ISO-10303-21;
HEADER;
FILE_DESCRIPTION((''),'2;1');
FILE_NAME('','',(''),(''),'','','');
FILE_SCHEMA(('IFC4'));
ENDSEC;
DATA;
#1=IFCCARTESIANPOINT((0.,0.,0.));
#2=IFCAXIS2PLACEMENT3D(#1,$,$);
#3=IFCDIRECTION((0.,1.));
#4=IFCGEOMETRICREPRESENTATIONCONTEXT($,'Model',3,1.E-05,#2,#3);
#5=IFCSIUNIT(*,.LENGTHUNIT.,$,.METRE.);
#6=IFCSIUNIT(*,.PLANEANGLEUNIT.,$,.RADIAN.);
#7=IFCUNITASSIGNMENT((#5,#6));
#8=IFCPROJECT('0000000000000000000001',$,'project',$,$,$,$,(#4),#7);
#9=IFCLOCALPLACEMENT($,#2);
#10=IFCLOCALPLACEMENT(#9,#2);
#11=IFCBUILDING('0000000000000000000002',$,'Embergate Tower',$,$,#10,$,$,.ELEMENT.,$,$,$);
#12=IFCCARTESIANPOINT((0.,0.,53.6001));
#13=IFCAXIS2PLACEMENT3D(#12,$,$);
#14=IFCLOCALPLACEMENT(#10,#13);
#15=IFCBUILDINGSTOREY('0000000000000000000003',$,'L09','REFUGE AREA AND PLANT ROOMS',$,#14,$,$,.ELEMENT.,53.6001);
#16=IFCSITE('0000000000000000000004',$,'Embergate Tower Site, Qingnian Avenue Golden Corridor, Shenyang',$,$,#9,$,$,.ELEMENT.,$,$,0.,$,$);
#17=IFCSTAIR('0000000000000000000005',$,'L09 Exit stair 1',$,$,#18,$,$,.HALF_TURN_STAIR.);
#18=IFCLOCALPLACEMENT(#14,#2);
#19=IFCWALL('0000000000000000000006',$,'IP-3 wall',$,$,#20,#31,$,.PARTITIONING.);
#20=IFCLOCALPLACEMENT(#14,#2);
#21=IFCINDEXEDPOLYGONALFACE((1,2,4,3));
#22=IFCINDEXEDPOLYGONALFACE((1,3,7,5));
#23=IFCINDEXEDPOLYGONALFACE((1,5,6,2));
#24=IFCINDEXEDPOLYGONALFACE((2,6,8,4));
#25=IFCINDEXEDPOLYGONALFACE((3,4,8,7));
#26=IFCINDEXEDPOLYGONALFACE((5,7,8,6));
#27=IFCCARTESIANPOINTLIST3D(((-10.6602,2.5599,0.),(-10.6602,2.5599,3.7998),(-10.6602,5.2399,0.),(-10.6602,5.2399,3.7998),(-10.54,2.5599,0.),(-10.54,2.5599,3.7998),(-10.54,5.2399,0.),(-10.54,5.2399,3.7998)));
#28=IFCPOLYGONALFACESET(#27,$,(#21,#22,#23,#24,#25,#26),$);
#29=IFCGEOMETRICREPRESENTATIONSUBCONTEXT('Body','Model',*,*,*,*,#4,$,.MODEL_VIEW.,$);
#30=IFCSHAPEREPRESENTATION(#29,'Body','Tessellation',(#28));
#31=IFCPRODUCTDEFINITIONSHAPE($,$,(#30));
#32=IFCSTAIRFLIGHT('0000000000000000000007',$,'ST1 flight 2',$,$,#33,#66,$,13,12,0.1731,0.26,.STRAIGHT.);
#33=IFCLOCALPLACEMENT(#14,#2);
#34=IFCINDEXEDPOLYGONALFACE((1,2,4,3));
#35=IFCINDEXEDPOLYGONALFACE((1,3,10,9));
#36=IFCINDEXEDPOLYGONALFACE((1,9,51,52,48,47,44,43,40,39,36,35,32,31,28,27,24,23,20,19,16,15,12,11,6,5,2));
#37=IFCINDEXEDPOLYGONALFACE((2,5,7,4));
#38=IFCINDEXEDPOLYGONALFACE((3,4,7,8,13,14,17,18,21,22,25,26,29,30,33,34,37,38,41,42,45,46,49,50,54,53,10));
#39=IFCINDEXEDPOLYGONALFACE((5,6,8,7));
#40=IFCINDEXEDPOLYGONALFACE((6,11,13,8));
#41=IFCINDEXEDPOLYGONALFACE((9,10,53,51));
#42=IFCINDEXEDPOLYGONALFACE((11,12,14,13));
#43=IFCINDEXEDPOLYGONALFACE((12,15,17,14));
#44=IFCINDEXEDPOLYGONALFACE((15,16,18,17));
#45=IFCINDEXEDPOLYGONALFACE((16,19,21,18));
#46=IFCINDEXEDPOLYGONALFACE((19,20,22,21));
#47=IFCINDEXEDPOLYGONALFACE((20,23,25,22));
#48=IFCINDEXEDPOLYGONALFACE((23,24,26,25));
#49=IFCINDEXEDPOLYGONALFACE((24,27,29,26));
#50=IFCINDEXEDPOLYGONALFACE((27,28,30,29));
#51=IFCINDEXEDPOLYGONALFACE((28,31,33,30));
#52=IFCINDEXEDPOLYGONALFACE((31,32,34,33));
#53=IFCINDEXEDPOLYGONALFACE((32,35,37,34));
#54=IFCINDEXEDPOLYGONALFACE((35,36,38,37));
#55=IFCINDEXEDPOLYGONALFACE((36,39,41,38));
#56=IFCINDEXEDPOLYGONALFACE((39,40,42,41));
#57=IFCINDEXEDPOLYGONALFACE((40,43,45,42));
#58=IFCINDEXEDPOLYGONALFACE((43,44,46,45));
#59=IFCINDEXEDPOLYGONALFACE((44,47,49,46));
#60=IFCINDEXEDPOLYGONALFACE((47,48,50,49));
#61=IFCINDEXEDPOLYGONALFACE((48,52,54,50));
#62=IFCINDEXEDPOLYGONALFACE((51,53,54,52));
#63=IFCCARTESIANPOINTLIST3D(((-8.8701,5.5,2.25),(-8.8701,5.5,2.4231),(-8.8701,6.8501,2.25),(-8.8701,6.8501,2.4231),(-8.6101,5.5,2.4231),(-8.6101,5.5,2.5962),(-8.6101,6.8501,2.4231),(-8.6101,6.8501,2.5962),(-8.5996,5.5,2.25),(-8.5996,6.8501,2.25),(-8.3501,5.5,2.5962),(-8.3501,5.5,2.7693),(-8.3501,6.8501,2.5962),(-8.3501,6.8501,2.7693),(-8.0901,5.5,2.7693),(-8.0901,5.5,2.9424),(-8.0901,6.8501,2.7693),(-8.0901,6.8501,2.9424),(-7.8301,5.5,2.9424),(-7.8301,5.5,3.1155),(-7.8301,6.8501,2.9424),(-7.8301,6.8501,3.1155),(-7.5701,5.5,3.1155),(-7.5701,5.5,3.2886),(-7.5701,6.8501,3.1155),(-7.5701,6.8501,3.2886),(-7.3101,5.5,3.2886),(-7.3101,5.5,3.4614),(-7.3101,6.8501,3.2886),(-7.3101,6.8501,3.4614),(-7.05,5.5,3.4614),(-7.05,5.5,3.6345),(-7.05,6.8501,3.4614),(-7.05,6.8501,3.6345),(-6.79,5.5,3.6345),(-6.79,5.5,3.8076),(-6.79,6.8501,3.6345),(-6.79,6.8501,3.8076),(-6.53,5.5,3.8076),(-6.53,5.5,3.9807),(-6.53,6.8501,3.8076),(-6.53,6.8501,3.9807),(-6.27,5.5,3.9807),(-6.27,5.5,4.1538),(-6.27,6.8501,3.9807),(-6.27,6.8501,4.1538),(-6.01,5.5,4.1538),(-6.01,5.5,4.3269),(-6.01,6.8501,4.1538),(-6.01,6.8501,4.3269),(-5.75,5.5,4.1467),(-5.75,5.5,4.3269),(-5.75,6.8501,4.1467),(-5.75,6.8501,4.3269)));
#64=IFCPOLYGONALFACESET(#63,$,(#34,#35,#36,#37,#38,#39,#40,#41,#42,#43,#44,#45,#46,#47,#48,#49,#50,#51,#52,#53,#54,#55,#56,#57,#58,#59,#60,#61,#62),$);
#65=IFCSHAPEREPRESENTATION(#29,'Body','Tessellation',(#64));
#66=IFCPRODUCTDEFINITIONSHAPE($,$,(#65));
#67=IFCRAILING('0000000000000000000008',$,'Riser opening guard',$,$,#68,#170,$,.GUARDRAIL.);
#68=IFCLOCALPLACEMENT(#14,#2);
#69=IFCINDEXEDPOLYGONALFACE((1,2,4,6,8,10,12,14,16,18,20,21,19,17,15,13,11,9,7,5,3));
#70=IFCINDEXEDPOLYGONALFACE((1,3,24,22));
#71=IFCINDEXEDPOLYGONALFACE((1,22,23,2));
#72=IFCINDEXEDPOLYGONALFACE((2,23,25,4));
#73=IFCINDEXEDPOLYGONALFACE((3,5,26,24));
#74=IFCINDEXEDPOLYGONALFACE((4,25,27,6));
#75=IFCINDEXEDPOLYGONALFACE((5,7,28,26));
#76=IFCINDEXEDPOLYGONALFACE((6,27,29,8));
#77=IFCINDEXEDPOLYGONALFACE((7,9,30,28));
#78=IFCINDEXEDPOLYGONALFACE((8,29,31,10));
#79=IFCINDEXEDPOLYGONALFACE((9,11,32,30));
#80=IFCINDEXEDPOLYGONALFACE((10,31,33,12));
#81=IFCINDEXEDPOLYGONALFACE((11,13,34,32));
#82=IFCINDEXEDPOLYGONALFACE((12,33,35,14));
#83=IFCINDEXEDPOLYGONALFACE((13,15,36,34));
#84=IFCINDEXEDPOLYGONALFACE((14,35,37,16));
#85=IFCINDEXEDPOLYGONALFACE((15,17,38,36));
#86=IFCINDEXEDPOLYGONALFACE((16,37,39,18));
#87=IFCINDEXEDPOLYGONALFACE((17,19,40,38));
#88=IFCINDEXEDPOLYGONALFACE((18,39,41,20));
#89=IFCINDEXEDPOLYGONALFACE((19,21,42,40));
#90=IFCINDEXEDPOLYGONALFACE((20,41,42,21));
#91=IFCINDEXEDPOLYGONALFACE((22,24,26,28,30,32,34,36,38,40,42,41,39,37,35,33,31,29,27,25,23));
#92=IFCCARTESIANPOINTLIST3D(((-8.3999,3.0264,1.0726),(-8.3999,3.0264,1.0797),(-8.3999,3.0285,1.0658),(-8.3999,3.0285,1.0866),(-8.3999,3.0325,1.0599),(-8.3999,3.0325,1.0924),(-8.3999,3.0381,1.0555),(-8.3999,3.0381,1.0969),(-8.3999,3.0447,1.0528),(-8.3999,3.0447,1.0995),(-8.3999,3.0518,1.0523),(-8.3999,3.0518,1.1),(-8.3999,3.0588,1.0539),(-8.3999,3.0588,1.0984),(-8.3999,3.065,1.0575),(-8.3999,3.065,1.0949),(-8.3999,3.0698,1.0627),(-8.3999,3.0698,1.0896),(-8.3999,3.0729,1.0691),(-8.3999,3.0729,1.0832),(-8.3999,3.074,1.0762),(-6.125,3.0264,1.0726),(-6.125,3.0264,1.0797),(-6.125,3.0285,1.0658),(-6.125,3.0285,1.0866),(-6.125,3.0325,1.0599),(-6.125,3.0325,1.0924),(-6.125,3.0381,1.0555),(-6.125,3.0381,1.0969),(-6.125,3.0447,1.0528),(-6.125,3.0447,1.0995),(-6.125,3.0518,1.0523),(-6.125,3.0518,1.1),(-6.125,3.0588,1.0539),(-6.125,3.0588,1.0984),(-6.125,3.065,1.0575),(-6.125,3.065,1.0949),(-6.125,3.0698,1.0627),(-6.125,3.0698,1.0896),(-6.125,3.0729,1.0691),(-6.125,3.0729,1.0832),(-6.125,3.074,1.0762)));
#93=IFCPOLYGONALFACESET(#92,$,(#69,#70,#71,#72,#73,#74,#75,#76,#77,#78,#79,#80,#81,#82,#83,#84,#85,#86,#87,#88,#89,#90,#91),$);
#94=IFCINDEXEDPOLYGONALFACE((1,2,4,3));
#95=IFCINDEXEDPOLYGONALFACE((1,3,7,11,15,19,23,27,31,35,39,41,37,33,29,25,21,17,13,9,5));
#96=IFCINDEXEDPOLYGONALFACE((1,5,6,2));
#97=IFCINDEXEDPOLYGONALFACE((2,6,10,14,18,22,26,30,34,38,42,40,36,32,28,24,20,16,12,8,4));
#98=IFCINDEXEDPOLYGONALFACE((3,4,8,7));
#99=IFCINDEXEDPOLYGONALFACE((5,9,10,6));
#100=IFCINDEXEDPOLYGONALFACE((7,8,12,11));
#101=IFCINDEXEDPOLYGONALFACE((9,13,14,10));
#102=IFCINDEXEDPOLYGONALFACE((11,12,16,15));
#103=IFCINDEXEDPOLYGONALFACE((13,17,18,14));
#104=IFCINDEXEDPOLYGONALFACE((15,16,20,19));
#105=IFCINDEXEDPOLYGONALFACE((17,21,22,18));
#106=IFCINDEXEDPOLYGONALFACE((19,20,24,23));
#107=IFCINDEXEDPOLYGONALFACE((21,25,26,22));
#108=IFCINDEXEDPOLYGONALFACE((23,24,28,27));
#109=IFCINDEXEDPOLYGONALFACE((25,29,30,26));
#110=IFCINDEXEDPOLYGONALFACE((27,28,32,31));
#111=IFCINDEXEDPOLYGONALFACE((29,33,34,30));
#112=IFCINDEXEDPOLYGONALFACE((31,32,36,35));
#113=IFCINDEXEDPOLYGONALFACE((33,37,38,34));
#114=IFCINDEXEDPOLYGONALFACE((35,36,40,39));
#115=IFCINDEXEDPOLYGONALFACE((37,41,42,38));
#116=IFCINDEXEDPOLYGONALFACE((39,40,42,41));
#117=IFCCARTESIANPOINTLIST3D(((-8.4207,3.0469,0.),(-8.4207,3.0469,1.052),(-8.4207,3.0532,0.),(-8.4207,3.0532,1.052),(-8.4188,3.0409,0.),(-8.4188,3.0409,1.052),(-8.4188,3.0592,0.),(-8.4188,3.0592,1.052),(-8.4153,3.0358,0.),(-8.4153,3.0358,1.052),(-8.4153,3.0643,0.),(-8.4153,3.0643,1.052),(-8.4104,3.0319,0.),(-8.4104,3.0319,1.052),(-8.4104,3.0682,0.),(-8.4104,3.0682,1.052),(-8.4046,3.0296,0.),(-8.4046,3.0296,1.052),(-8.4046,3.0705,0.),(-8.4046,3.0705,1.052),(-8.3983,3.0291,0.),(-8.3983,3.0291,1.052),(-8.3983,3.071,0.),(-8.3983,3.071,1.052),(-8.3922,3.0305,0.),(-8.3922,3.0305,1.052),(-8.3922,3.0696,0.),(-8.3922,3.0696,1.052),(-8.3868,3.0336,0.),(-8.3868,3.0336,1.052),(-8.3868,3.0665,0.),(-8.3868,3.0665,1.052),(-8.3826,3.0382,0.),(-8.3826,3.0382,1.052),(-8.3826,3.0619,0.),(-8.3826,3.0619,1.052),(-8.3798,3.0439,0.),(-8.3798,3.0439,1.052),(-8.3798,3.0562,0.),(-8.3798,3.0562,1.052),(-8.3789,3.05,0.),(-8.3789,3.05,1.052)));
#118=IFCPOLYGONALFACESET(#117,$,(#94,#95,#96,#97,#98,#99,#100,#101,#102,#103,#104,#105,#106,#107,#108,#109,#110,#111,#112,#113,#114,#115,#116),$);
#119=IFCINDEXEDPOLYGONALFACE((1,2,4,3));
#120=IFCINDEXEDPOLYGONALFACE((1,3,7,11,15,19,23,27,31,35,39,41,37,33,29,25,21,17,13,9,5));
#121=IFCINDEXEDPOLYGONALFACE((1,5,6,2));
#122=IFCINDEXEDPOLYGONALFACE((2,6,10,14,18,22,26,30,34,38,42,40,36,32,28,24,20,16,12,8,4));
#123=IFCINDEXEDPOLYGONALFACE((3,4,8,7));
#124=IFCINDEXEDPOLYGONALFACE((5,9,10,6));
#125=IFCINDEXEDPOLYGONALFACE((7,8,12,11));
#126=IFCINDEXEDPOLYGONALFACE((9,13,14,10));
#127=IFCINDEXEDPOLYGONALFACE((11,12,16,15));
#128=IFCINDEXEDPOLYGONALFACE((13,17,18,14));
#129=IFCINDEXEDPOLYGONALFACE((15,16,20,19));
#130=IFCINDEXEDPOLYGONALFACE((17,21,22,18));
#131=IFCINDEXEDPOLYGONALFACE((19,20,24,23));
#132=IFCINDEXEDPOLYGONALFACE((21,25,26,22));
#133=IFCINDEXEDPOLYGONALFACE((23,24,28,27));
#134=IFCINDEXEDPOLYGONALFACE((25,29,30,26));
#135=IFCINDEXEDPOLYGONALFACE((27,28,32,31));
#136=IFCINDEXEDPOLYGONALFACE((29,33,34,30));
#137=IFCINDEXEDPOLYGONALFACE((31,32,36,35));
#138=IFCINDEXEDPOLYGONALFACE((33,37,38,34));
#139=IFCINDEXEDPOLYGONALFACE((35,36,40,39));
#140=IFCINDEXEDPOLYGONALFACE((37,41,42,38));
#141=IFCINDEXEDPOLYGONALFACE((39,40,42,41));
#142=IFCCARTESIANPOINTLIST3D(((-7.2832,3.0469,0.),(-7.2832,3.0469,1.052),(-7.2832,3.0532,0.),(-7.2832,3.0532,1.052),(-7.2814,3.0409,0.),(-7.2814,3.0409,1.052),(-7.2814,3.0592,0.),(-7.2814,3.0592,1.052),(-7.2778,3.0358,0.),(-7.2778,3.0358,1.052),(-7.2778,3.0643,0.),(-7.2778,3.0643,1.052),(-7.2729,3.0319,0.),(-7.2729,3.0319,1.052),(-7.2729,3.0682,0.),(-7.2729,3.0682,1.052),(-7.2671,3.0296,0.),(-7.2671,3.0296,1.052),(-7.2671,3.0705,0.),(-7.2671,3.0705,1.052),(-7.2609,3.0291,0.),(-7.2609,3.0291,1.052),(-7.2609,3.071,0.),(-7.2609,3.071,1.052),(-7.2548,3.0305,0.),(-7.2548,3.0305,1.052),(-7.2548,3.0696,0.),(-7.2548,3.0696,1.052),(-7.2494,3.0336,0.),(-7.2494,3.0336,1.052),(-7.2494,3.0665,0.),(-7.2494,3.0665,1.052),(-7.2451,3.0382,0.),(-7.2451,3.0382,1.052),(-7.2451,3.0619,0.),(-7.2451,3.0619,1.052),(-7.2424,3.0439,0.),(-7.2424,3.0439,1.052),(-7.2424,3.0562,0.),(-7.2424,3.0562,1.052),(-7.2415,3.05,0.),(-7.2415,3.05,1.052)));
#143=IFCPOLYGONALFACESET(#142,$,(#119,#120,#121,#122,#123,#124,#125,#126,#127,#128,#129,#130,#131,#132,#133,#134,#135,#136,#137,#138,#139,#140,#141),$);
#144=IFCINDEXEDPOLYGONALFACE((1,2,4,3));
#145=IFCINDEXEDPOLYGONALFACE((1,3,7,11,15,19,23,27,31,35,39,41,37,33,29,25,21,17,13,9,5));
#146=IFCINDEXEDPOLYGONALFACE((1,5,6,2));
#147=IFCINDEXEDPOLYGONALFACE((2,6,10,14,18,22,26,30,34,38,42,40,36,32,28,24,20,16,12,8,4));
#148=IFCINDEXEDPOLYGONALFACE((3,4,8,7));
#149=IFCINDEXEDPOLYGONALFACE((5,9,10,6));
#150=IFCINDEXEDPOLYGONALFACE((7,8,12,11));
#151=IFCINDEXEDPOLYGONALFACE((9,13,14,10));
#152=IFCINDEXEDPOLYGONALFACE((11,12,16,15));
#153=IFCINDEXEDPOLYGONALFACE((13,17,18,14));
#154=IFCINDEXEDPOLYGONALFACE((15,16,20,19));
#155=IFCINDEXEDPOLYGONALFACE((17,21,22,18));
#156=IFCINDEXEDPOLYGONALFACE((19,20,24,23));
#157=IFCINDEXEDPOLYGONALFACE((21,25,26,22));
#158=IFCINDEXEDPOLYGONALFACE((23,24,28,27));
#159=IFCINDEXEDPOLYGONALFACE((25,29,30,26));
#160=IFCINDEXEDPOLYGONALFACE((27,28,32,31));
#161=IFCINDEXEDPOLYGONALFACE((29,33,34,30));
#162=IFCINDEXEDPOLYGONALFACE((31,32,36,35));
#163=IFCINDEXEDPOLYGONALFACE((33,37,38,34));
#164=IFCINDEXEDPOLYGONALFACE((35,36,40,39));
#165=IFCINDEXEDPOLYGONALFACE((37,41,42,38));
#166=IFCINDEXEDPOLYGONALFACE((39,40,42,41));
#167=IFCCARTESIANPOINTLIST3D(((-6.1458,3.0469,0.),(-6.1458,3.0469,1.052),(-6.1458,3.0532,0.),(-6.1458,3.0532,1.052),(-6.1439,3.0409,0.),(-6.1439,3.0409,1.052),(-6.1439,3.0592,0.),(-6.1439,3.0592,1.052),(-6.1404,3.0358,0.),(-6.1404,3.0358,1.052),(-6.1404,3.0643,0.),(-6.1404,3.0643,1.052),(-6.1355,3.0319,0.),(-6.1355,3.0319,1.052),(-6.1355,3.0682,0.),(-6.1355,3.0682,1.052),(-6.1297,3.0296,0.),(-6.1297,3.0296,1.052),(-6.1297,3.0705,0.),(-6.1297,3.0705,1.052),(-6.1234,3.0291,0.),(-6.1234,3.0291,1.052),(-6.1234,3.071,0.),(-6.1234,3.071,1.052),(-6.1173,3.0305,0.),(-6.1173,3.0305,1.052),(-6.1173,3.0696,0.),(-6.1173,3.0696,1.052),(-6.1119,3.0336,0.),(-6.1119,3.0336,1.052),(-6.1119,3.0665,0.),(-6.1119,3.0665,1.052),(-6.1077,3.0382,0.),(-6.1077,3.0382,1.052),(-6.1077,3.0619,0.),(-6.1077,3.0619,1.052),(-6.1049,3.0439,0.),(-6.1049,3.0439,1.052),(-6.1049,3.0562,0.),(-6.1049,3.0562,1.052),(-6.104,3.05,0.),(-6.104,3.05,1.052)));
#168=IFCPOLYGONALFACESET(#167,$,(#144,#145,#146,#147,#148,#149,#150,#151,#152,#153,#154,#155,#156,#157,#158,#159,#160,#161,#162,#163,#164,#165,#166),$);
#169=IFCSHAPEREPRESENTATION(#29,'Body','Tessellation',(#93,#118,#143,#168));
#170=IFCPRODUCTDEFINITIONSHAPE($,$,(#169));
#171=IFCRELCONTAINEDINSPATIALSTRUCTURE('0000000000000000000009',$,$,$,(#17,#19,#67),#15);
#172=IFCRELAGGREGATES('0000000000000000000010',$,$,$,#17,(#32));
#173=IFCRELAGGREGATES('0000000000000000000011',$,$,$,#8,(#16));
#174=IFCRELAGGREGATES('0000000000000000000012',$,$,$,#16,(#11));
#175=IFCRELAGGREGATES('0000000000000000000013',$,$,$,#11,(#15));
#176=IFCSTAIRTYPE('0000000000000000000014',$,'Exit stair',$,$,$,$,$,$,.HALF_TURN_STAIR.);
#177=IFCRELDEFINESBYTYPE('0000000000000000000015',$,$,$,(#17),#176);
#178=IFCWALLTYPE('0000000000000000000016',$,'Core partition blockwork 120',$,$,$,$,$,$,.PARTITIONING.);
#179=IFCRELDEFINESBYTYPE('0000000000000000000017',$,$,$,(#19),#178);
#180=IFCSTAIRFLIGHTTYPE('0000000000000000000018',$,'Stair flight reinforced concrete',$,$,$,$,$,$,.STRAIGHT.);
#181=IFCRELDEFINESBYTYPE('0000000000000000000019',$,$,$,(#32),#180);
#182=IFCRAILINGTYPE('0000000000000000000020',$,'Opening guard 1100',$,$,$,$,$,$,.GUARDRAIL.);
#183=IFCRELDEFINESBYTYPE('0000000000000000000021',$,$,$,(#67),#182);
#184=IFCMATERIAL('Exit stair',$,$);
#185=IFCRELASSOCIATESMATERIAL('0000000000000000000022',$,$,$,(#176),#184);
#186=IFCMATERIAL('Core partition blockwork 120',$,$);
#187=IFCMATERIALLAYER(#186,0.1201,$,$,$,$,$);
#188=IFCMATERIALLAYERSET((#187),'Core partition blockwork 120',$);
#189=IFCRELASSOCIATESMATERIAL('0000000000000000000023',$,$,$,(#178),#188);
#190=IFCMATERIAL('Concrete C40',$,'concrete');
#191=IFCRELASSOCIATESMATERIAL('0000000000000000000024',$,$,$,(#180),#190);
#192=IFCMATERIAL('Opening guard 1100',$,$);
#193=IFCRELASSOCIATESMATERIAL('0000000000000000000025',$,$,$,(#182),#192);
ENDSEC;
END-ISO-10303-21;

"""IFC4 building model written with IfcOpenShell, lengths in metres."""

from ifc_helpers import new_model, si_unit, direction, frame, frame_2d, origin, origin_2d, place, context, subcontext, project, spatial, polyline, rectangle, circle, outline, extrude, source, transform, mapped, material, layer, layer_set, type_object, element, aggregate, save


model = new_model("IFC4")

# Units and contexts
model_context = context("Model", 3, precision=1e-05, world=origin(), true_north=direction((0.0, 1.0)))
body_context = subcontext(model_context, "Body", "Model", "MODEL_VIEW")
ifc_project = project(units=[si_unit("LENGTHUNIT", "METRE"), si_unit("PLANEANGLEUNIT", "RADIAN")], contexts=[model_context])

# Site, building, storey
site_placement = place(None, origin())
site = spatial("IfcSite", under=ifc_project, at=site_placement, Name="Embergate Tower Site, Qingnian Avenue Golden Corridor, Shenyang", CompositionType="ELEMENT", RefElevation=0.0)
building_placement = place(site_placement, origin())
building = spatial("IfcBuilding", under=site, at=building_placement, Name="Embergate Tower", CompositionType="ELEMENT")
storey_placement = place(building_placement, frame((0.0, 0.0, 53.6001)))
storey = spatial("IfcBuildingStorey", under=building, at=storey_placement, Name="L09", Description="REFUGE AREA AND PLANT ROOMS", CompositionType="ELEMENT", Elevation=53.6001)

# Stair
ifc_material_1 = material(Name="Exit stair")
stair_type = type_object("IfcStairType", Name="Exit stair", PredefinedType="HALF_TURN_STAIR", material=ifc_material_1)
stair_placement = place(storey_placement, origin())
stair = element("IfcStair", 1, at=stair_placement, inside=storey, type_object=stair_type, Name="L09 Exit stair 1", PredefinedType="HALF_TURN_STAIR")
ifc_material_2 = material(Name="Concrete C40", Category="concrete")

# Shared definitions
ifc_material_3 = material(Name="Core partition blockwork 120")
ifc_layer_1 = layer(ifc_material_3, 0.1201)
ifc_layer_set_1 = layer_set([ifc_layer_1], Name="Core partition blockwork 120")
wall_type_1 = type_object("IfcWallType", Name="Core partition blockwork 120", PredefinedType="PARTITIONING", material=ifc_layer_set_1)

# Wall
shared_shape_1 = source(origin(), body_context, "Body", "SweptSolid", [
    extrude(rectangle(XDim=2.6799, YDim=0.1201, at=frame_2d((1.3398, 0.0))), origin(), (0.0, 0.0, 1.0), 3.7998),
])
wall_1_placement = place(storey_placement, frame((-10.6001, 2.5601, 0.0), z_axis=(0.0, 0.0, 1.0), x_axis=(0.0, 1.0, 0.0)))
element("IfcWall", 2, at=wall_1_placement, inside=storey, type_object=wall_type_1, Name="IP-3 wall", PredefinedType="PARTITIONING", context=body_context, shape_type="MappedRepresentation", body=[
    mapped(shared_shape_1, transform((0.0, 0.0, 0.0))),
])

# Stair flight
stair_flight_type = type_object("IfcStairFlightType", Name="Stair flight reinforced concrete", PredefinedType="STRAIGHT", material=ifc_material_2)
shared_shape_2 = source(origin(), body_context, "Body", "SweptSolid", [
    extrude(outline(polyline([(0.0, 0.0), (0.0, 0.1731), (0.26, 0.1731), (0.26, 0.3462), (0.52, 0.3462), (0.52, 0.5193), (0.78, 0.5193), (0.78, 0.6924), (1.04, 0.6924), (1.04, 0.8655), (1.3, 0.8655), (1.3, 1.0386), (1.5601, 1.0386), (1.5601, 1.2114), (1.8201, 1.2114), (1.8201, 1.3845), (2.0801, 1.3845), (2.0801, 1.5576), (2.3401, 1.5576), (2.3401, 1.7307), (2.6001, 1.7307), (2.6001, 1.9038), (2.8601, 1.9038), (2.8601, 2.0769), (3.1201, 2.0769), (3.1201, 2.25), (3.1201, 1.8967), (0.2705, 0.0), (0.0, 0.0)])), frame((0.0, 0.675, 0.0), z_axis=(0.0, -1.0, 0.0), x_axis=(1.0, 0.0, 0.0)), (0.0, 0.0, 1.0), 1.3501),
])
stair_flight_placement = place(storey_placement, frame((-8.8701, 6.175, 2.25), z_axis=(0.0, 0.0, 1.0), x_axis=(1.0, 0.0, 0.0)))
stair_flight = element("IfcStairFlight", 3, at=stair_flight_placement, type_object=stair_flight_type, Name="ST1 flight 2", NumberOfRisers=13, NumberOfTreads=12, PredefinedType="STRAIGHT", RiserHeight=0.1731, TreadLength=0.26, context=body_context, shape_type="MappedRepresentation", body=[
    mapped(shared_shape_2, transform((0.0, 0.0, 0.0))),
])
aggregate(stair, [stair_flight])

# Railing
ifc_material_4 = material(Name="Opening guard 1100")
railing_type = type_object("IfcRailingType", Name="Opening guard 1100", PredefinedType="GUARDRAIL", material=ifc_material_4)
shared_shape_3 = source(origin(), body_context, "Body", "SweptSolid", [
    extrude(circle(Radius=0.0239, at=origin_2d()), frame((0.0, 0.0, 1.0762), z_axis=(1.0, 0.0, 0.0), x_axis=(0.0, 1.0, 0.0)), (0.0, 0.0, 1.0), 2.2749),
    extrude(circle(Radius=0.021, at=origin_2d()), origin(), (0.0, 0.0, 1.0), 1.052),
    extrude(circle(Radius=0.021, at=origin_2d()), frame((1.1375, 0.0, 0.0)), (0.0, 0.0, 1.0), 1.052),
    extrude(circle(Radius=0.021, at=origin_2d()), frame((2.2749, 0.0, 0.0)), (0.0, 0.0, 1.0), 1.052),
])
railing_placement = place(storey_placement, frame((-8.3999, 3.05, 0.0)))
element("IfcRailing", 4, at=railing_placement, inside=storey, type_object=railing_type, Name="Riser opening guard", PredefinedType="GUARDRAIL", context=body_context, shape_type="MappedRepresentation", body=[
    mapped(shared_shape_3, transform((0.0, 0.0, 0.0))),
])

save(model, "model.ifc")
